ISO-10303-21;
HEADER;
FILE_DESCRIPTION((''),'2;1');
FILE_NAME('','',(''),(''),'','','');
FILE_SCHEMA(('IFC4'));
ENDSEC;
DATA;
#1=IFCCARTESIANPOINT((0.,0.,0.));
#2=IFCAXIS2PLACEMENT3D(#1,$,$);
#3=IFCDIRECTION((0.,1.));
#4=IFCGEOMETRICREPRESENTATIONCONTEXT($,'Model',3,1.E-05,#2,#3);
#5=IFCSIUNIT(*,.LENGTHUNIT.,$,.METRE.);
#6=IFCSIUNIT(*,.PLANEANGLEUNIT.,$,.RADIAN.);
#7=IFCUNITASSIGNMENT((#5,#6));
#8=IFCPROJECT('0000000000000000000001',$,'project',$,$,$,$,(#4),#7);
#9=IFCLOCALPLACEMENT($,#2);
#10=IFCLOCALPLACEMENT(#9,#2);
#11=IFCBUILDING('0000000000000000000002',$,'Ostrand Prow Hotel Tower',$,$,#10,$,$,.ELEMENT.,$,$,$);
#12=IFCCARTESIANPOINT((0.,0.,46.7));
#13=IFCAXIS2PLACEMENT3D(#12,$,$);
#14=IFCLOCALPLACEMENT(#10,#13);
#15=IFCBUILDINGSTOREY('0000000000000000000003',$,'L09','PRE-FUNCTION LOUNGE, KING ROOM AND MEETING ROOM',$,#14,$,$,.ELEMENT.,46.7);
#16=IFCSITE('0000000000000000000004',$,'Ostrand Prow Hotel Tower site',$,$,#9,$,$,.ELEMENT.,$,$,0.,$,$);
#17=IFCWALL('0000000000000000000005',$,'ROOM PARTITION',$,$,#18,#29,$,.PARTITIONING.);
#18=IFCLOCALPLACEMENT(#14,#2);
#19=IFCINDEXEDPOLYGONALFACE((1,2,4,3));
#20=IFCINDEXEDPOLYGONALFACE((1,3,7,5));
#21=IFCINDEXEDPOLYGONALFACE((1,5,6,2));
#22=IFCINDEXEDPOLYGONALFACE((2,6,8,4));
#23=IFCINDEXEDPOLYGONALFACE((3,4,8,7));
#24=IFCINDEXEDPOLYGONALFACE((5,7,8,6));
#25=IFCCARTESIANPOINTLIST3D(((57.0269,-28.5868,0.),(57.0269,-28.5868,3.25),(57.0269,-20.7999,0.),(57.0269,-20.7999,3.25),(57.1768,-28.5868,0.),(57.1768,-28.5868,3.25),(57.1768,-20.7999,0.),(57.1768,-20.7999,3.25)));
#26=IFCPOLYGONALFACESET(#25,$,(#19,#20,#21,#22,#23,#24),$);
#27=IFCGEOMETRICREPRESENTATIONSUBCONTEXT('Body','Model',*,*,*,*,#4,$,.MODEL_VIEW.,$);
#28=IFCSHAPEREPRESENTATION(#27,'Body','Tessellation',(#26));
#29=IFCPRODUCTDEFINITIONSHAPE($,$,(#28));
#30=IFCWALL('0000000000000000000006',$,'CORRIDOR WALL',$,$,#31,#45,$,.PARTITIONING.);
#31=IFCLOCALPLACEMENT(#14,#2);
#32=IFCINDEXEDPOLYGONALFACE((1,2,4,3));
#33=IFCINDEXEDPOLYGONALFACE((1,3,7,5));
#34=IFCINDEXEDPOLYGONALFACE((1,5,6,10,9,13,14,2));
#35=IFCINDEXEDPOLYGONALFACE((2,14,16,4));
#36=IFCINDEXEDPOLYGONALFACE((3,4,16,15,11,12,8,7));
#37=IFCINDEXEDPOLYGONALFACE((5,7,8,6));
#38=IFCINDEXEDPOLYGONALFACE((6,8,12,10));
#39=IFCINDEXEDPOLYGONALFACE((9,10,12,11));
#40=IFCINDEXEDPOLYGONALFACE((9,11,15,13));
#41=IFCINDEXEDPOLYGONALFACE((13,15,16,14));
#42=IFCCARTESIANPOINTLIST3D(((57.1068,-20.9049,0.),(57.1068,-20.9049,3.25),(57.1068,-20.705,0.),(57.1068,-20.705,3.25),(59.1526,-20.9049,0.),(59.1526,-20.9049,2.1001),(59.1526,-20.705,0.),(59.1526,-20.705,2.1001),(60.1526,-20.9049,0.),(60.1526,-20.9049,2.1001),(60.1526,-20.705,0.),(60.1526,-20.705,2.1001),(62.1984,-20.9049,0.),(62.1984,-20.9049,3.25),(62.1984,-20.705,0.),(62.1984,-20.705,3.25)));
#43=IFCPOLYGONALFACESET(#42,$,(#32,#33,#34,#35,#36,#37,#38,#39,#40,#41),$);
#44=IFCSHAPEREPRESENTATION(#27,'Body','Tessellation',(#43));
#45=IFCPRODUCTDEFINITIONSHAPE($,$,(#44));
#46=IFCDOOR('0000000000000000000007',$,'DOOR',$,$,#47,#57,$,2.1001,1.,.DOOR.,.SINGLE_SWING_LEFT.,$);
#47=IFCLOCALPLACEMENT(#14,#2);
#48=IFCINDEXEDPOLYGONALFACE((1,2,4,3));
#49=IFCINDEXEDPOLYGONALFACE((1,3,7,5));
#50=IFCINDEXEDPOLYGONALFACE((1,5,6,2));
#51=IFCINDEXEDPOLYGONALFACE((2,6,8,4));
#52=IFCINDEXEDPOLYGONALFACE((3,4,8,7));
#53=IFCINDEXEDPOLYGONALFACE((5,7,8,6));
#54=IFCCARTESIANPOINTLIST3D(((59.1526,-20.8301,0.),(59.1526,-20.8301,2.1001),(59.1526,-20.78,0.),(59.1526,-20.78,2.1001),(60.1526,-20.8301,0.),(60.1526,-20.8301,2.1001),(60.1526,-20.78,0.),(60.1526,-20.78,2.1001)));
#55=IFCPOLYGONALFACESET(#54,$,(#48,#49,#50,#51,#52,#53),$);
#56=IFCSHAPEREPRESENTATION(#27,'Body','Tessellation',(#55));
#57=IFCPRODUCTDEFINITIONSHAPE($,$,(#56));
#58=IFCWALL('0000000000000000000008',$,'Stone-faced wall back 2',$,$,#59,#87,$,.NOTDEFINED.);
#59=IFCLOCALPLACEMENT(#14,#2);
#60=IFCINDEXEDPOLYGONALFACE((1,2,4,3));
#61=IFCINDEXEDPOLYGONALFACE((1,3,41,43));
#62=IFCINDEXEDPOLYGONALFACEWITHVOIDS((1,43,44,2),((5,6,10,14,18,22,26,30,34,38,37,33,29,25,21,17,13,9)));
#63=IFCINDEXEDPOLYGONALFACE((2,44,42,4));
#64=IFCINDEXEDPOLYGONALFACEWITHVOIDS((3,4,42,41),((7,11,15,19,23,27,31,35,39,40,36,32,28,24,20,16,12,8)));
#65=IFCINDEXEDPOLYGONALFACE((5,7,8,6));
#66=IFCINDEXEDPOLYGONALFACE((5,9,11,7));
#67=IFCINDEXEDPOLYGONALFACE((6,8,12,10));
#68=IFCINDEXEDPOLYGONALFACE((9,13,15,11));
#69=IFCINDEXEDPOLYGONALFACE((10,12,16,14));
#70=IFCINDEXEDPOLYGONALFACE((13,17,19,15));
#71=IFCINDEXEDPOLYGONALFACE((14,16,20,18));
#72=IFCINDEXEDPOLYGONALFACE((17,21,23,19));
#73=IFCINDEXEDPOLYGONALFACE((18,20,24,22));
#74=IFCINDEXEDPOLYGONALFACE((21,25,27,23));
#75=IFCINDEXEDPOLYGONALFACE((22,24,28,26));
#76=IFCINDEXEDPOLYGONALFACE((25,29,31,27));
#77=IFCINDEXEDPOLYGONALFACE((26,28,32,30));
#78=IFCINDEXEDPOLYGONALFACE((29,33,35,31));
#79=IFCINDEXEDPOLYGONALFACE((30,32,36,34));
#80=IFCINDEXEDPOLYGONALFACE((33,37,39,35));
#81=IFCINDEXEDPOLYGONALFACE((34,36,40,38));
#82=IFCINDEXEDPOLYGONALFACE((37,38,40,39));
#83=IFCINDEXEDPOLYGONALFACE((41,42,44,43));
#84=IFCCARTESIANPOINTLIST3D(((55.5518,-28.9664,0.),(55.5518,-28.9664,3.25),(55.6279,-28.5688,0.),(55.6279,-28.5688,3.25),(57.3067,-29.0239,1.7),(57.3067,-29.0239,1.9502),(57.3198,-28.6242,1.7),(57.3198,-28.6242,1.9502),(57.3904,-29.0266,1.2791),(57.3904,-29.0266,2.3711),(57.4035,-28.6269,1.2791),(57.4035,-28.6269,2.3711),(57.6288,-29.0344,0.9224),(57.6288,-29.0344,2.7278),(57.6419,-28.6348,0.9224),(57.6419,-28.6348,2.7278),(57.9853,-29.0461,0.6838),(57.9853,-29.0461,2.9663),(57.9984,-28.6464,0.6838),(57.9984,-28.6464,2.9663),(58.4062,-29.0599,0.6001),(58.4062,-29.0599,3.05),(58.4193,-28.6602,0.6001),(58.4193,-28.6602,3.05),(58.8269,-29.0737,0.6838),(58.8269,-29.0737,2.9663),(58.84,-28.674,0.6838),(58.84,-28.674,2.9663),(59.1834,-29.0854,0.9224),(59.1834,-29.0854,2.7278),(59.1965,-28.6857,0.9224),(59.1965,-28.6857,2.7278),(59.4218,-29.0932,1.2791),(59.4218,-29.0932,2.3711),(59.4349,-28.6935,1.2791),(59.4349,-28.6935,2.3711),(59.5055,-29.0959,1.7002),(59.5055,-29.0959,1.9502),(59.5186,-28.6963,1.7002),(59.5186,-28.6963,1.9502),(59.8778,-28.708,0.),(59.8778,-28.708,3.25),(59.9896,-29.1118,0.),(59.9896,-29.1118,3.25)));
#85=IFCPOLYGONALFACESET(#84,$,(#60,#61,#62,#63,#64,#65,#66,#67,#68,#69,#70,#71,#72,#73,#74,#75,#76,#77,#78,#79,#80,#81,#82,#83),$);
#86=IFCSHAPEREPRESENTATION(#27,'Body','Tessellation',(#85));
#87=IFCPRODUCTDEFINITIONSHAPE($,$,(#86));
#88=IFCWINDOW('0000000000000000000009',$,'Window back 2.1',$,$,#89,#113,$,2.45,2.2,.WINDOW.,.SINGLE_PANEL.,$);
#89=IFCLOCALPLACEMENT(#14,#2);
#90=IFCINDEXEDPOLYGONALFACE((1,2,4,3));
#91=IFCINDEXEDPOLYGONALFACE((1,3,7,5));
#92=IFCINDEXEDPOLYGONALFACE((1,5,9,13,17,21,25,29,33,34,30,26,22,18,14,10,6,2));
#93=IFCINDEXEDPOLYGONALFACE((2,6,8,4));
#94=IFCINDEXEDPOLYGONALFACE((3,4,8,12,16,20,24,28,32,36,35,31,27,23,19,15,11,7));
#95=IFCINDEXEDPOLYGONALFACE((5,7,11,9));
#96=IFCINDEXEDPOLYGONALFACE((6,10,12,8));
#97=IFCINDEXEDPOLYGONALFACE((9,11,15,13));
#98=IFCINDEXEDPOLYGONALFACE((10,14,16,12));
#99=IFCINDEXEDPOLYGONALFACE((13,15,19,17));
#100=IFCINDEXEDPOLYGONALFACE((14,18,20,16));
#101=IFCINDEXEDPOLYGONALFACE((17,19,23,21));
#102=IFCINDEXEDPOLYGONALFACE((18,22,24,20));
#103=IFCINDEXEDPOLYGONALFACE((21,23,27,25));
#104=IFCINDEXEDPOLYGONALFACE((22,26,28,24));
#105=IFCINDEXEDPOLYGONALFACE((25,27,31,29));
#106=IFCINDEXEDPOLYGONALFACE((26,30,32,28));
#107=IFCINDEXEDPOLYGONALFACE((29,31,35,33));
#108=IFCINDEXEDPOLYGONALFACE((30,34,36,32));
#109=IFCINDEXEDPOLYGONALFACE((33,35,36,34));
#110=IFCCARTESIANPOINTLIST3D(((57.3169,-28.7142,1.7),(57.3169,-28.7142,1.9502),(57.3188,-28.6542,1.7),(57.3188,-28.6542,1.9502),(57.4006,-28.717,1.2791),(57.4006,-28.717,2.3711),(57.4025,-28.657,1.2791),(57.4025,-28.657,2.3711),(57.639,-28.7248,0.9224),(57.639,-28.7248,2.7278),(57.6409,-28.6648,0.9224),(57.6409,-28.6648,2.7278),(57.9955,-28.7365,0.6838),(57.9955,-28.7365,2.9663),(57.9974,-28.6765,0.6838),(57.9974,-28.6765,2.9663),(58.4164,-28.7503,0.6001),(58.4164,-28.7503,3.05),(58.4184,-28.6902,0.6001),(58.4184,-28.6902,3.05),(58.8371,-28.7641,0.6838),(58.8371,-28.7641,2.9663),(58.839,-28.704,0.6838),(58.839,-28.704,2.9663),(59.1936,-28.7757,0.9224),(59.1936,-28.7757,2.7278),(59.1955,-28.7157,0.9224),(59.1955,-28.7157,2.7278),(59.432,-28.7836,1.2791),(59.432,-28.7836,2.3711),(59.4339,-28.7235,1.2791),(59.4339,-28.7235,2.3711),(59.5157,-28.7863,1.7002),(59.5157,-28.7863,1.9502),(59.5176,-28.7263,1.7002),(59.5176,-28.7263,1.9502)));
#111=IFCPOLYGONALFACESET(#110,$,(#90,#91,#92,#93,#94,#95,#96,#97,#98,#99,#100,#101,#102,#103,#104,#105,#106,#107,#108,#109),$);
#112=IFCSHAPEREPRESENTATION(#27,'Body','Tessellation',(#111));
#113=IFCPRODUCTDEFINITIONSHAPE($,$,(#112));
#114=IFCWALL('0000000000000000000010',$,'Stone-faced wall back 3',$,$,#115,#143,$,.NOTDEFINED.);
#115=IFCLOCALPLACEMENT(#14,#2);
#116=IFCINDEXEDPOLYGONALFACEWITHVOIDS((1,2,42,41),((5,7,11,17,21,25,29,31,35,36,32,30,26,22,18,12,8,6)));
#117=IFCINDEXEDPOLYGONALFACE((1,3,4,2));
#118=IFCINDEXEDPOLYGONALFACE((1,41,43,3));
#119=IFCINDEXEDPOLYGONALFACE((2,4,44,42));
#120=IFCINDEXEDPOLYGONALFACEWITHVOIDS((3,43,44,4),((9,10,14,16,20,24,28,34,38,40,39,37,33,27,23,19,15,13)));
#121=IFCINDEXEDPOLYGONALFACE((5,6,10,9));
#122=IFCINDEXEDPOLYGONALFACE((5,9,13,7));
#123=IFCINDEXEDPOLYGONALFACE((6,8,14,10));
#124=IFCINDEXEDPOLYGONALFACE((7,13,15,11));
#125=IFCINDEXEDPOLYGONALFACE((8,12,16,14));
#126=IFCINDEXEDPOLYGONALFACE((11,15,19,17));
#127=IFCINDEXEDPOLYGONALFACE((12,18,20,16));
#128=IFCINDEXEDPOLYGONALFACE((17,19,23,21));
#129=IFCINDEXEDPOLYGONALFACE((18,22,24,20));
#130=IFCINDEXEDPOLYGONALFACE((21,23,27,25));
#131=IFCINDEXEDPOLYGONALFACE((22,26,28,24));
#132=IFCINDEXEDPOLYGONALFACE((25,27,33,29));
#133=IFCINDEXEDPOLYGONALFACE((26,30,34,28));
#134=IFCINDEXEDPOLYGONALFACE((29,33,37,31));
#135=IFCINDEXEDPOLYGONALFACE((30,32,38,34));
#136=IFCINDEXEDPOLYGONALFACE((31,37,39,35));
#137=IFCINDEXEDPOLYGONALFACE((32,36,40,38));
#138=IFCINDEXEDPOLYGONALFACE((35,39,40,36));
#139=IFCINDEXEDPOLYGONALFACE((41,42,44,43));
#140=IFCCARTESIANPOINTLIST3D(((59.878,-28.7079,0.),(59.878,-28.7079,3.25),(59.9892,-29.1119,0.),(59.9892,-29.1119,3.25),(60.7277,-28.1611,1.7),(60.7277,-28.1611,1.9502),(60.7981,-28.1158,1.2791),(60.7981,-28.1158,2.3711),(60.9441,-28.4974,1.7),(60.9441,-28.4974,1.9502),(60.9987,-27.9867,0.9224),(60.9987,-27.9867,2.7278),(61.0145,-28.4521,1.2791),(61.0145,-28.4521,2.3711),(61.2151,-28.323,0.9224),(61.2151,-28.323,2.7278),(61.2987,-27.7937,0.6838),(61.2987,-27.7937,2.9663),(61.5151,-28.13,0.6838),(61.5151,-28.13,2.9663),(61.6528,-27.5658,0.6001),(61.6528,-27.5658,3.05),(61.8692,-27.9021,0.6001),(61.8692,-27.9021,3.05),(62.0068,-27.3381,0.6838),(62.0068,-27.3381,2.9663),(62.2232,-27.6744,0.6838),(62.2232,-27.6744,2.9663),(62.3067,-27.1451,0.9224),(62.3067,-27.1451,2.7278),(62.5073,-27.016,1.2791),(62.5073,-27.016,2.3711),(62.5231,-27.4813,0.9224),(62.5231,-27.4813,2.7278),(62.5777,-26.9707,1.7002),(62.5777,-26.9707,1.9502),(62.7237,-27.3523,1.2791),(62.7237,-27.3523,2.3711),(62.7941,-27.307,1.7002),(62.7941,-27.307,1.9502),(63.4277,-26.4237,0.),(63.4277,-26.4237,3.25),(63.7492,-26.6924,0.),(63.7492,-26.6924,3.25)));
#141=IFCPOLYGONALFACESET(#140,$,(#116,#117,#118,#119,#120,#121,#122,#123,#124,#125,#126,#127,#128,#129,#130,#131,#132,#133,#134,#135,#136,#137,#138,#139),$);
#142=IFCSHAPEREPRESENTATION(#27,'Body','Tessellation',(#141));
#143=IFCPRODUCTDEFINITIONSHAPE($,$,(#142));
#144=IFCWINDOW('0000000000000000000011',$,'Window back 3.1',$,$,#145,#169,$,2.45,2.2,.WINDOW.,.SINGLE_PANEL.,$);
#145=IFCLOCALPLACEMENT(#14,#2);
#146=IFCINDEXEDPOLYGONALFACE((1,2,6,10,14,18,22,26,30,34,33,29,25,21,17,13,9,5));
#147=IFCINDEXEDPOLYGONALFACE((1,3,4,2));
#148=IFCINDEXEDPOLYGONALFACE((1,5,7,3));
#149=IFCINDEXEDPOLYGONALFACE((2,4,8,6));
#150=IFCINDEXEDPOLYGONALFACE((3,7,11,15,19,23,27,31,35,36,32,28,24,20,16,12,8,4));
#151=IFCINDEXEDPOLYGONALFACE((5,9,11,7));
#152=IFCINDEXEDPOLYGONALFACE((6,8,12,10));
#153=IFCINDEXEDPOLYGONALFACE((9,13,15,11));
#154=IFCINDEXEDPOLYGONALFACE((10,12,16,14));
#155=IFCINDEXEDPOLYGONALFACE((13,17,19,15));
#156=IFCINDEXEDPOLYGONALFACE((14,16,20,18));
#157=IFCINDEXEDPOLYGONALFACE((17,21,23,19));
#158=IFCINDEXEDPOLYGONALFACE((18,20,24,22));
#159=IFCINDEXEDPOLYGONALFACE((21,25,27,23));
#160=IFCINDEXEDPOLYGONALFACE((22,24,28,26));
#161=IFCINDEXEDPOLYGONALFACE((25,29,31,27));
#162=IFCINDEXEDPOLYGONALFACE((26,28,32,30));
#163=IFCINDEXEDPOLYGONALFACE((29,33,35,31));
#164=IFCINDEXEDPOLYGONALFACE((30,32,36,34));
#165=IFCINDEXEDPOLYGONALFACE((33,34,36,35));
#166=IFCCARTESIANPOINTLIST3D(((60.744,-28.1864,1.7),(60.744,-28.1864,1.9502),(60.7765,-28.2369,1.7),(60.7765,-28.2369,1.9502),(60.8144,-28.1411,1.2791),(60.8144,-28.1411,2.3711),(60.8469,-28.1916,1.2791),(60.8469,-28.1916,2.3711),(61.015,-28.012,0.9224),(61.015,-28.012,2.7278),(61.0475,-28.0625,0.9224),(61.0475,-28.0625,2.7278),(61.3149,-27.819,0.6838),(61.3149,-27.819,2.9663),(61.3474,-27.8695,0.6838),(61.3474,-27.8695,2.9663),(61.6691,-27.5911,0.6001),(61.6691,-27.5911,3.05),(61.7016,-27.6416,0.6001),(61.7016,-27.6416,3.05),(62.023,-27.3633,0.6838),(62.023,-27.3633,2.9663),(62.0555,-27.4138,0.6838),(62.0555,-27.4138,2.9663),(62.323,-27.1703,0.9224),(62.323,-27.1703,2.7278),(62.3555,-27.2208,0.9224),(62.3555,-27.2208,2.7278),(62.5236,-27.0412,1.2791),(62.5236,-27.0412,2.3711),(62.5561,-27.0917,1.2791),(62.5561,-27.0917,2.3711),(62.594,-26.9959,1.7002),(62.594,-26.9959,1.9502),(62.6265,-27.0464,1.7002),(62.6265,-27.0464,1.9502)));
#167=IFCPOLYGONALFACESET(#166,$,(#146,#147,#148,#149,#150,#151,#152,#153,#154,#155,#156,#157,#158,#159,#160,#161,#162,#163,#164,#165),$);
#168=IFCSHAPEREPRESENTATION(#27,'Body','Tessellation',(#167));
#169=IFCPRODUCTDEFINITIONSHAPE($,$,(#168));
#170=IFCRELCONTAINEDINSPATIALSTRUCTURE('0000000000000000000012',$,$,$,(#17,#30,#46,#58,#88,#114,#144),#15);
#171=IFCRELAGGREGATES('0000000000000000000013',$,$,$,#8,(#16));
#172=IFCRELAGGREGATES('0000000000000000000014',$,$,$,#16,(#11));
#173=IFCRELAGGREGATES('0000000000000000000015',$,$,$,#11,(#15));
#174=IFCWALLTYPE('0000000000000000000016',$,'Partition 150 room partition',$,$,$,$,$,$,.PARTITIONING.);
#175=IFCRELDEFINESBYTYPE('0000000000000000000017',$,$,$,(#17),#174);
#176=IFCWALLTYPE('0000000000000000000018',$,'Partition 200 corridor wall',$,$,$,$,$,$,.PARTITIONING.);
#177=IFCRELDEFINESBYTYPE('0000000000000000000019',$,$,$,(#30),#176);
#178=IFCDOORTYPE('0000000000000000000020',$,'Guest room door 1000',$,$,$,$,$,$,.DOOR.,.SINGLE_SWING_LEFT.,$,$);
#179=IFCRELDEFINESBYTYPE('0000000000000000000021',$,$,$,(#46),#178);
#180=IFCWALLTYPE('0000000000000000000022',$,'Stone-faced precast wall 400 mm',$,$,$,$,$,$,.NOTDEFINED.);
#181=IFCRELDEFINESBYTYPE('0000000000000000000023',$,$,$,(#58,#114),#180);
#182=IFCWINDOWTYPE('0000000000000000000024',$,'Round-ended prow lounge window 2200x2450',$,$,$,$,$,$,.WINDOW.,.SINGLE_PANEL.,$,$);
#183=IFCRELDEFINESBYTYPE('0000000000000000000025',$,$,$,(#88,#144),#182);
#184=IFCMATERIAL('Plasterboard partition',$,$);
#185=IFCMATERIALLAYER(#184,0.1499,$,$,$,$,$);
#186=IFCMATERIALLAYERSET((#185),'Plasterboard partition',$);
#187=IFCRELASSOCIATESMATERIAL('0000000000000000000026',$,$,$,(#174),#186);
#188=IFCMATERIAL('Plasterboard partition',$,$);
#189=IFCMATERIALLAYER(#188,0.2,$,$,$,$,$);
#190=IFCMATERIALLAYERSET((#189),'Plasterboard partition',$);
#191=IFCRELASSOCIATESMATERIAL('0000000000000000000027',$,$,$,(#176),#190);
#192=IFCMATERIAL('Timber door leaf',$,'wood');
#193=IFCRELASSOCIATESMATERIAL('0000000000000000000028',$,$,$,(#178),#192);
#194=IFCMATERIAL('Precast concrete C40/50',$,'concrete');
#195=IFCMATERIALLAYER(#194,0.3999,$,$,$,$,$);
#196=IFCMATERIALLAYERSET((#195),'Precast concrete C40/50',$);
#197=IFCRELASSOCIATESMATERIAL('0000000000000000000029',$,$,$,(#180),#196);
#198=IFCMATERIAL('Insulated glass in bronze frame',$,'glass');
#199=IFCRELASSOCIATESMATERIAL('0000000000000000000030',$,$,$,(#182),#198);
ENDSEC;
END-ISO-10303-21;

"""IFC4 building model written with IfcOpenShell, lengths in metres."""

from ifc_helpers import new_model, si_unit, direction, frame, frame_2d, origin, place, context, subcontext, project, spatial, polyline, rectangle, outline, extrude, material, layer, layer_set, type_object, element, fill, save


model = new_model("IFC4")

# Units and contexts
model_context = context("Model", 3, precision=1e-05, world=origin(), true_north=direction((0.0, 1.0)))
body_context = subcontext(model_context, "Body", "Model", "MODEL_VIEW")
ifc_project = project(units=[si_unit("LENGTHUNIT", "METRE"), si_unit("PLANEANGLEUNIT", "RADIAN")], contexts=[model_context])

# Site, building, storey
site_placement = place(None, origin())
site = spatial("IfcSite", under=ifc_project, at=site_placement, Name="Ostrand Prow Hotel Tower site", CompositionType="ELEMENT", RefElevation=0.0)
building_placement = place(site_placement, origin())
building = spatial("IfcBuilding", under=site, at=building_placement, Name="Ostrand Prow Hotel Tower", CompositionType="ELEMENT")
storey_placement = place(building_placement, frame((0.0, 0.0, 46.7)))
storey = spatial("IfcBuildingStorey", under=building, at=storey_placement, Name="L09", Description="PRE-FUNCTION LOUNGE, KING ROOM AND MEETING ROOM", CompositionType="ELEMENT", Elevation=46.7)

# Wall
ifc_material_1 = material(Name="Plasterboard partition")
ifc_layer_1 = layer(ifc_material_1, 0.1499)
ifc_layer_set_1 = layer_set([ifc_layer_1], Name="Plasterboard partition")
wall_type_1 = type_object("IfcWallType", Name="Partition 150 room partition", PredefinedType="PARTITIONING", material=ifc_layer_set_1)
wall_1_placement = place(storey_placement, frame((57.1018, -28.5869, 0.0), z_axis=(0.0, 0.0, 1.0), x_axis=(0.0, 1.0, 0.0)))
element("IfcWall", 1, at=wall_1_placement, inside=storey, type_object=wall_type_1, Name="ROOM PARTITION", PredefinedType="PARTITIONING", context=body_context, shape_type="SweptSolid", body=[
    extrude(rectangle(XDim=7.7869, YDim=0.1499, at=frame_2d((3.8936, 0.0))), origin(), (0.0, 0.0, 1.0), 3.25),
])

# Wall, opening, door
ifc_material_2 = material(Name="Plasterboard partition")
ifc_layer_2 = layer(ifc_material_2, 0.2)
ifc_layer_set_2 = layer_set([ifc_layer_2], Name="Plasterboard partition")
wall_type_2 = type_object("IfcWallType", Name="Partition 200 corridor wall", PredefinedType="PARTITIONING", material=ifc_layer_set_2)
wall_2_placement = place(storey_placement, frame((57.1067, -20.8049, 0.0), z_axis=(0.0, 0.0, 1.0), x_axis=(1.0, 0.0, 0.0)))
wall_2 = element("IfcWall", 2, at=wall_2_placement, inside=storey, type_object=wall_type_2, Name="CORRIDOR WALL", PredefinedType="PARTITIONING", context=body_context, shape_type="SweptSolid", body=[
    extrude(rectangle(XDim=5.0916, YDim=0.2, at=frame_2d((2.5459, 0.0))), origin(), (0.0, 0.0, 1.0), 3.25),
])
opening_1_placement = place(wall_2_placement, frame((2.0459, 0.0, 0.0)))
opening_1 = element("IfcOpeningElement", 3, at=opening_1_placement, cuts=wall_2, PredefinedType="OPENING", context=body_context, shape_type="SweptSolid", body=[
    extrude(rectangle(XDim=1.0, YDim=2.1001, at=frame_2d((0.5, 1.05))), frame((0.0, 0.1099, 0.0), z_axis=(0.0, -1.0, 0.0), x_axis=(1.0, 0.0, 0.0)), (0.0, 0.0, 1.0), 0.22),
])
ifc_material_3 = material(Name="Timber door leaf", Category="wood")
door_type_1 = type_object("IfcDoorType", Name="Guest room door 1000", OperationType="SINGLE_SWING_LEFT", PredefinedType="DOOR", material=ifc_material_3)
door_1_placement = place(opening_1_placement, origin())
door_1 = element("IfcDoor", 4, at=door_1_placement, inside=storey, type_object=door_type_1, Name="DOOR", OperationType="SINGLE_SWING_LEFT", OverallHeight=2.1001, OverallWidth=1.0, PredefinedType="DOOR", context=body_context, shape_type="SweptSolid", body=[
    extrude(rectangle(XDim=1.0, YDim=2.1001, at=frame_2d((0.5, 1.05))), frame((0.0, 0.0249, 0.0), z_axis=(0.0, -1.0, 0.0), x_axis=(1.0, 0.0, 0.0)), (0.0, 0.0, 1.0), 0.05),
])
fill(opening_1, door_1)

# Walls, openings, windows
ifc_material_4 = material(Name="Precast concrete C40/50", Category="concrete")
ifc_layer_3 = layer(ifc_material_4, 0.3999)
ifc_layer_set_3 = layer_set([ifc_layer_3], Name="Precast concrete C40/50")
wall_type_3 = type_object("IfcWallType", Name="Stone-faced precast wall 400 mm", PredefinedType="NOTDEFINED", material=ifc_layer_set_3)
wall_3_placement = place(storey_placement, frame((55.5898, -28.7676, 0.0), z_axis=(0.0, 0.0, 1.0), x_axis=(0.999464, -0.03275, 0.0)))
wall_3 = element("IfcWall", 5, at=wall_3_placement, inside=storey, type_object=wall_type_3, Name="Stone-faced wall back 2", PredefinedType="NOTDEFINED", context=body_context, shape_type="SweptSolid", body=[
    extrude(outline(polyline([(-0.0315, -0.2), (4.4087, -0.2), (4.2837, 0.2), (0.0315, 0.2), (-0.0315, -0.2)])), origin(), (0.0, 0.0, 1.0), 3.25),
])
opening_2_placement = place(wall_3_placement, frame((1.7244, 0.0, 0.6001)))
opening_2 = element("IfcOpeningElement", 6, at=opening_2_placement, cuts=wall_3, PredefinedType="OPENING", context=body_context, shape_type="SweptSolid", body=[
    extrude(outline(polyline([(0.0, 1.3501), (0.0837, 1.771), (0.3223, 2.1277), (0.679, 2.3662), (1.1001, 2.45), (1.521, 2.3662), (1.8777, 2.1277), (2.1162, 1.771), (2.2, 1.3501), (2.2, 1.1001), (2.1162, 0.679), (1.8777, 0.3223), (1.521, 0.0837), (1.1001, 0.0), (0.679, 0.0837), (0.3223, 0.3223), (0.0837, 0.679), (0.0, 1.0999), (0.0, 1.3501)])), frame((0.0, 0.21, 0.0), z_axis=(0.0, -1.0, 0.0), x_axis=(1.0, 0.0, 0.0)), (0.0, 0.0, 1.0), 0.4199),
])
ifc_material_5 = material(Name="Insulated glass in bronze frame", Category="glass")
window_type_1 = type_object("IfcWindowType", Name="Round-ended prow lounge window 2200x2450", PartitioningType="SINGLE_PANEL", PredefinedType="WINDOW", material=ifc_material_5)
window_1_placement = place(opening_2_placement, origin())
window_1 = element("IfcWindow", 7, at=window_1_placement, inside=storey, type_object=window_type_1, Name="Window back 2.1", OverallHeight=2.45, OverallWidth=2.2, PartitioningType="SINGLE_PANEL", PredefinedType="WINDOW", context=body_context, shape_type="SweptSolid", body=[
    extrude(outline(polyline([(0.0, 1.3501), (0.0837, 1.771), (0.3223, 2.1277), (0.679, 2.3662), (1.1001, 2.45), (1.521, 2.3662), (1.8777, 2.1277), (2.1162, 1.771), (2.2, 1.3501), (2.2, 1.1001), (2.1162, 0.679), (1.8777, 0.3223), (1.521, 0.0837), (1.1001, 0.0), (0.679, 0.0837), (0.3223, 0.3223), (0.0837, 0.679), (0.0, 1.0999), (0.0, 1.3501)])), frame((0.0, 0.1699, 0.0), z_axis=(0.0, -1.0, 0.0), x_axis=(1.0, 0.0, 0.0)), (0.0, 0.0, 1.0), 0.0601),
])
fill(opening_2, window_1)
wall_4_placement = place(storey_placement, frame((59.9336, -28.9099, 0.0), z_axis=(0.0, 0.0, 1.0), x_axis=(0.840937, 0.541132, 0.0)))
wall_4 = element("IfcWall", 8, at=wall_4_placement, inside=storey, type_object=wall_type_3, Name="Stone-faced wall back 3", PredefinedType="NOTDEFINED", context=body_context, shape_type="SweptSolid", body=[
    extrude(outline(polyline([(-0.0625, -0.2), (4.4087, -0.2), (4.2837, 0.2), (0.0625, 0.2), (-0.0625, -0.2)])), origin(), (0.0, 0.0, 1.0), 3.25),
])
opening_3_placement = place(wall_4_placement, frame((1.073, 0.0, 0.6001)))
opening_3 = element("IfcOpeningElement", 9, at=opening_3_placement, cuts=wall_4, PredefinedType="OPENING", context=body_context, shape_type="SweptSolid", body=[
    extrude(outline(polyline([(0.0, 1.3501), (0.0837, 1.771), (0.3223, 2.1277), (0.679, 2.3662), (1.1001, 2.45), (1.521, 2.3662), (1.8777, 2.1277), (2.1162, 1.771), (2.2, 1.3501), (2.2, 1.1001), (2.1162, 0.679), (1.8777, 0.3223), (1.521, 0.0837), (1.1001, 0.0), (0.679, 0.0837), (0.3223, 0.3223), (0.0837, 0.679), (0.0, 1.0999), (0.0, 1.3501)])), frame((0.0, 0.21, 0.0), z_axis=(0.0, -1.0, 0.0), x_axis=(1.0, 0.0, 0.0)), (0.0, 0.0, 1.0), 0.4199),
])
window_2_placement = place(opening_3_placement, origin())
window_2 = element("IfcWindow", 10, at=window_2_placement, inside=storey, type_object=window_type_1, Name="Window back 3.1", OverallHeight=2.45, OverallWidth=2.2, PartitioningType="SINGLE_PANEL", PredefinedType="WINDOW", context=body_context, shape_type="SweptSolid", body=[
    extrude(outline(polyline([(0.0, 1.3501), (0.0837, 1.771), (0.3223, 2.1277), (0.679, 2.3662), (1.1001, 2.45), (1.521, 2.3662), (1.8777, 2.1277), (2.1162, 1.771), (2.2, 1.3501), (2.2, 1.1001), (2.1162, 0.679), (1.8777, 0.3223), (1.521, 0.0837), (1.1001, 0.0), (0.679, 0.0837), (0.3223, 0.3223), (0.0837, 0.679), (0.0, 1.0999), (0.0, 1.3501)])), frame((0.0, 0.1699, 0.0), z_axis=(0.0, -1.0, 0.0), x_axis=(1.0, 0.0, 0.0)), (0.0, 0.0, 1.0), 0.0601),
])
fill(opening_3, window_2)

save(model, "model.ifc")
